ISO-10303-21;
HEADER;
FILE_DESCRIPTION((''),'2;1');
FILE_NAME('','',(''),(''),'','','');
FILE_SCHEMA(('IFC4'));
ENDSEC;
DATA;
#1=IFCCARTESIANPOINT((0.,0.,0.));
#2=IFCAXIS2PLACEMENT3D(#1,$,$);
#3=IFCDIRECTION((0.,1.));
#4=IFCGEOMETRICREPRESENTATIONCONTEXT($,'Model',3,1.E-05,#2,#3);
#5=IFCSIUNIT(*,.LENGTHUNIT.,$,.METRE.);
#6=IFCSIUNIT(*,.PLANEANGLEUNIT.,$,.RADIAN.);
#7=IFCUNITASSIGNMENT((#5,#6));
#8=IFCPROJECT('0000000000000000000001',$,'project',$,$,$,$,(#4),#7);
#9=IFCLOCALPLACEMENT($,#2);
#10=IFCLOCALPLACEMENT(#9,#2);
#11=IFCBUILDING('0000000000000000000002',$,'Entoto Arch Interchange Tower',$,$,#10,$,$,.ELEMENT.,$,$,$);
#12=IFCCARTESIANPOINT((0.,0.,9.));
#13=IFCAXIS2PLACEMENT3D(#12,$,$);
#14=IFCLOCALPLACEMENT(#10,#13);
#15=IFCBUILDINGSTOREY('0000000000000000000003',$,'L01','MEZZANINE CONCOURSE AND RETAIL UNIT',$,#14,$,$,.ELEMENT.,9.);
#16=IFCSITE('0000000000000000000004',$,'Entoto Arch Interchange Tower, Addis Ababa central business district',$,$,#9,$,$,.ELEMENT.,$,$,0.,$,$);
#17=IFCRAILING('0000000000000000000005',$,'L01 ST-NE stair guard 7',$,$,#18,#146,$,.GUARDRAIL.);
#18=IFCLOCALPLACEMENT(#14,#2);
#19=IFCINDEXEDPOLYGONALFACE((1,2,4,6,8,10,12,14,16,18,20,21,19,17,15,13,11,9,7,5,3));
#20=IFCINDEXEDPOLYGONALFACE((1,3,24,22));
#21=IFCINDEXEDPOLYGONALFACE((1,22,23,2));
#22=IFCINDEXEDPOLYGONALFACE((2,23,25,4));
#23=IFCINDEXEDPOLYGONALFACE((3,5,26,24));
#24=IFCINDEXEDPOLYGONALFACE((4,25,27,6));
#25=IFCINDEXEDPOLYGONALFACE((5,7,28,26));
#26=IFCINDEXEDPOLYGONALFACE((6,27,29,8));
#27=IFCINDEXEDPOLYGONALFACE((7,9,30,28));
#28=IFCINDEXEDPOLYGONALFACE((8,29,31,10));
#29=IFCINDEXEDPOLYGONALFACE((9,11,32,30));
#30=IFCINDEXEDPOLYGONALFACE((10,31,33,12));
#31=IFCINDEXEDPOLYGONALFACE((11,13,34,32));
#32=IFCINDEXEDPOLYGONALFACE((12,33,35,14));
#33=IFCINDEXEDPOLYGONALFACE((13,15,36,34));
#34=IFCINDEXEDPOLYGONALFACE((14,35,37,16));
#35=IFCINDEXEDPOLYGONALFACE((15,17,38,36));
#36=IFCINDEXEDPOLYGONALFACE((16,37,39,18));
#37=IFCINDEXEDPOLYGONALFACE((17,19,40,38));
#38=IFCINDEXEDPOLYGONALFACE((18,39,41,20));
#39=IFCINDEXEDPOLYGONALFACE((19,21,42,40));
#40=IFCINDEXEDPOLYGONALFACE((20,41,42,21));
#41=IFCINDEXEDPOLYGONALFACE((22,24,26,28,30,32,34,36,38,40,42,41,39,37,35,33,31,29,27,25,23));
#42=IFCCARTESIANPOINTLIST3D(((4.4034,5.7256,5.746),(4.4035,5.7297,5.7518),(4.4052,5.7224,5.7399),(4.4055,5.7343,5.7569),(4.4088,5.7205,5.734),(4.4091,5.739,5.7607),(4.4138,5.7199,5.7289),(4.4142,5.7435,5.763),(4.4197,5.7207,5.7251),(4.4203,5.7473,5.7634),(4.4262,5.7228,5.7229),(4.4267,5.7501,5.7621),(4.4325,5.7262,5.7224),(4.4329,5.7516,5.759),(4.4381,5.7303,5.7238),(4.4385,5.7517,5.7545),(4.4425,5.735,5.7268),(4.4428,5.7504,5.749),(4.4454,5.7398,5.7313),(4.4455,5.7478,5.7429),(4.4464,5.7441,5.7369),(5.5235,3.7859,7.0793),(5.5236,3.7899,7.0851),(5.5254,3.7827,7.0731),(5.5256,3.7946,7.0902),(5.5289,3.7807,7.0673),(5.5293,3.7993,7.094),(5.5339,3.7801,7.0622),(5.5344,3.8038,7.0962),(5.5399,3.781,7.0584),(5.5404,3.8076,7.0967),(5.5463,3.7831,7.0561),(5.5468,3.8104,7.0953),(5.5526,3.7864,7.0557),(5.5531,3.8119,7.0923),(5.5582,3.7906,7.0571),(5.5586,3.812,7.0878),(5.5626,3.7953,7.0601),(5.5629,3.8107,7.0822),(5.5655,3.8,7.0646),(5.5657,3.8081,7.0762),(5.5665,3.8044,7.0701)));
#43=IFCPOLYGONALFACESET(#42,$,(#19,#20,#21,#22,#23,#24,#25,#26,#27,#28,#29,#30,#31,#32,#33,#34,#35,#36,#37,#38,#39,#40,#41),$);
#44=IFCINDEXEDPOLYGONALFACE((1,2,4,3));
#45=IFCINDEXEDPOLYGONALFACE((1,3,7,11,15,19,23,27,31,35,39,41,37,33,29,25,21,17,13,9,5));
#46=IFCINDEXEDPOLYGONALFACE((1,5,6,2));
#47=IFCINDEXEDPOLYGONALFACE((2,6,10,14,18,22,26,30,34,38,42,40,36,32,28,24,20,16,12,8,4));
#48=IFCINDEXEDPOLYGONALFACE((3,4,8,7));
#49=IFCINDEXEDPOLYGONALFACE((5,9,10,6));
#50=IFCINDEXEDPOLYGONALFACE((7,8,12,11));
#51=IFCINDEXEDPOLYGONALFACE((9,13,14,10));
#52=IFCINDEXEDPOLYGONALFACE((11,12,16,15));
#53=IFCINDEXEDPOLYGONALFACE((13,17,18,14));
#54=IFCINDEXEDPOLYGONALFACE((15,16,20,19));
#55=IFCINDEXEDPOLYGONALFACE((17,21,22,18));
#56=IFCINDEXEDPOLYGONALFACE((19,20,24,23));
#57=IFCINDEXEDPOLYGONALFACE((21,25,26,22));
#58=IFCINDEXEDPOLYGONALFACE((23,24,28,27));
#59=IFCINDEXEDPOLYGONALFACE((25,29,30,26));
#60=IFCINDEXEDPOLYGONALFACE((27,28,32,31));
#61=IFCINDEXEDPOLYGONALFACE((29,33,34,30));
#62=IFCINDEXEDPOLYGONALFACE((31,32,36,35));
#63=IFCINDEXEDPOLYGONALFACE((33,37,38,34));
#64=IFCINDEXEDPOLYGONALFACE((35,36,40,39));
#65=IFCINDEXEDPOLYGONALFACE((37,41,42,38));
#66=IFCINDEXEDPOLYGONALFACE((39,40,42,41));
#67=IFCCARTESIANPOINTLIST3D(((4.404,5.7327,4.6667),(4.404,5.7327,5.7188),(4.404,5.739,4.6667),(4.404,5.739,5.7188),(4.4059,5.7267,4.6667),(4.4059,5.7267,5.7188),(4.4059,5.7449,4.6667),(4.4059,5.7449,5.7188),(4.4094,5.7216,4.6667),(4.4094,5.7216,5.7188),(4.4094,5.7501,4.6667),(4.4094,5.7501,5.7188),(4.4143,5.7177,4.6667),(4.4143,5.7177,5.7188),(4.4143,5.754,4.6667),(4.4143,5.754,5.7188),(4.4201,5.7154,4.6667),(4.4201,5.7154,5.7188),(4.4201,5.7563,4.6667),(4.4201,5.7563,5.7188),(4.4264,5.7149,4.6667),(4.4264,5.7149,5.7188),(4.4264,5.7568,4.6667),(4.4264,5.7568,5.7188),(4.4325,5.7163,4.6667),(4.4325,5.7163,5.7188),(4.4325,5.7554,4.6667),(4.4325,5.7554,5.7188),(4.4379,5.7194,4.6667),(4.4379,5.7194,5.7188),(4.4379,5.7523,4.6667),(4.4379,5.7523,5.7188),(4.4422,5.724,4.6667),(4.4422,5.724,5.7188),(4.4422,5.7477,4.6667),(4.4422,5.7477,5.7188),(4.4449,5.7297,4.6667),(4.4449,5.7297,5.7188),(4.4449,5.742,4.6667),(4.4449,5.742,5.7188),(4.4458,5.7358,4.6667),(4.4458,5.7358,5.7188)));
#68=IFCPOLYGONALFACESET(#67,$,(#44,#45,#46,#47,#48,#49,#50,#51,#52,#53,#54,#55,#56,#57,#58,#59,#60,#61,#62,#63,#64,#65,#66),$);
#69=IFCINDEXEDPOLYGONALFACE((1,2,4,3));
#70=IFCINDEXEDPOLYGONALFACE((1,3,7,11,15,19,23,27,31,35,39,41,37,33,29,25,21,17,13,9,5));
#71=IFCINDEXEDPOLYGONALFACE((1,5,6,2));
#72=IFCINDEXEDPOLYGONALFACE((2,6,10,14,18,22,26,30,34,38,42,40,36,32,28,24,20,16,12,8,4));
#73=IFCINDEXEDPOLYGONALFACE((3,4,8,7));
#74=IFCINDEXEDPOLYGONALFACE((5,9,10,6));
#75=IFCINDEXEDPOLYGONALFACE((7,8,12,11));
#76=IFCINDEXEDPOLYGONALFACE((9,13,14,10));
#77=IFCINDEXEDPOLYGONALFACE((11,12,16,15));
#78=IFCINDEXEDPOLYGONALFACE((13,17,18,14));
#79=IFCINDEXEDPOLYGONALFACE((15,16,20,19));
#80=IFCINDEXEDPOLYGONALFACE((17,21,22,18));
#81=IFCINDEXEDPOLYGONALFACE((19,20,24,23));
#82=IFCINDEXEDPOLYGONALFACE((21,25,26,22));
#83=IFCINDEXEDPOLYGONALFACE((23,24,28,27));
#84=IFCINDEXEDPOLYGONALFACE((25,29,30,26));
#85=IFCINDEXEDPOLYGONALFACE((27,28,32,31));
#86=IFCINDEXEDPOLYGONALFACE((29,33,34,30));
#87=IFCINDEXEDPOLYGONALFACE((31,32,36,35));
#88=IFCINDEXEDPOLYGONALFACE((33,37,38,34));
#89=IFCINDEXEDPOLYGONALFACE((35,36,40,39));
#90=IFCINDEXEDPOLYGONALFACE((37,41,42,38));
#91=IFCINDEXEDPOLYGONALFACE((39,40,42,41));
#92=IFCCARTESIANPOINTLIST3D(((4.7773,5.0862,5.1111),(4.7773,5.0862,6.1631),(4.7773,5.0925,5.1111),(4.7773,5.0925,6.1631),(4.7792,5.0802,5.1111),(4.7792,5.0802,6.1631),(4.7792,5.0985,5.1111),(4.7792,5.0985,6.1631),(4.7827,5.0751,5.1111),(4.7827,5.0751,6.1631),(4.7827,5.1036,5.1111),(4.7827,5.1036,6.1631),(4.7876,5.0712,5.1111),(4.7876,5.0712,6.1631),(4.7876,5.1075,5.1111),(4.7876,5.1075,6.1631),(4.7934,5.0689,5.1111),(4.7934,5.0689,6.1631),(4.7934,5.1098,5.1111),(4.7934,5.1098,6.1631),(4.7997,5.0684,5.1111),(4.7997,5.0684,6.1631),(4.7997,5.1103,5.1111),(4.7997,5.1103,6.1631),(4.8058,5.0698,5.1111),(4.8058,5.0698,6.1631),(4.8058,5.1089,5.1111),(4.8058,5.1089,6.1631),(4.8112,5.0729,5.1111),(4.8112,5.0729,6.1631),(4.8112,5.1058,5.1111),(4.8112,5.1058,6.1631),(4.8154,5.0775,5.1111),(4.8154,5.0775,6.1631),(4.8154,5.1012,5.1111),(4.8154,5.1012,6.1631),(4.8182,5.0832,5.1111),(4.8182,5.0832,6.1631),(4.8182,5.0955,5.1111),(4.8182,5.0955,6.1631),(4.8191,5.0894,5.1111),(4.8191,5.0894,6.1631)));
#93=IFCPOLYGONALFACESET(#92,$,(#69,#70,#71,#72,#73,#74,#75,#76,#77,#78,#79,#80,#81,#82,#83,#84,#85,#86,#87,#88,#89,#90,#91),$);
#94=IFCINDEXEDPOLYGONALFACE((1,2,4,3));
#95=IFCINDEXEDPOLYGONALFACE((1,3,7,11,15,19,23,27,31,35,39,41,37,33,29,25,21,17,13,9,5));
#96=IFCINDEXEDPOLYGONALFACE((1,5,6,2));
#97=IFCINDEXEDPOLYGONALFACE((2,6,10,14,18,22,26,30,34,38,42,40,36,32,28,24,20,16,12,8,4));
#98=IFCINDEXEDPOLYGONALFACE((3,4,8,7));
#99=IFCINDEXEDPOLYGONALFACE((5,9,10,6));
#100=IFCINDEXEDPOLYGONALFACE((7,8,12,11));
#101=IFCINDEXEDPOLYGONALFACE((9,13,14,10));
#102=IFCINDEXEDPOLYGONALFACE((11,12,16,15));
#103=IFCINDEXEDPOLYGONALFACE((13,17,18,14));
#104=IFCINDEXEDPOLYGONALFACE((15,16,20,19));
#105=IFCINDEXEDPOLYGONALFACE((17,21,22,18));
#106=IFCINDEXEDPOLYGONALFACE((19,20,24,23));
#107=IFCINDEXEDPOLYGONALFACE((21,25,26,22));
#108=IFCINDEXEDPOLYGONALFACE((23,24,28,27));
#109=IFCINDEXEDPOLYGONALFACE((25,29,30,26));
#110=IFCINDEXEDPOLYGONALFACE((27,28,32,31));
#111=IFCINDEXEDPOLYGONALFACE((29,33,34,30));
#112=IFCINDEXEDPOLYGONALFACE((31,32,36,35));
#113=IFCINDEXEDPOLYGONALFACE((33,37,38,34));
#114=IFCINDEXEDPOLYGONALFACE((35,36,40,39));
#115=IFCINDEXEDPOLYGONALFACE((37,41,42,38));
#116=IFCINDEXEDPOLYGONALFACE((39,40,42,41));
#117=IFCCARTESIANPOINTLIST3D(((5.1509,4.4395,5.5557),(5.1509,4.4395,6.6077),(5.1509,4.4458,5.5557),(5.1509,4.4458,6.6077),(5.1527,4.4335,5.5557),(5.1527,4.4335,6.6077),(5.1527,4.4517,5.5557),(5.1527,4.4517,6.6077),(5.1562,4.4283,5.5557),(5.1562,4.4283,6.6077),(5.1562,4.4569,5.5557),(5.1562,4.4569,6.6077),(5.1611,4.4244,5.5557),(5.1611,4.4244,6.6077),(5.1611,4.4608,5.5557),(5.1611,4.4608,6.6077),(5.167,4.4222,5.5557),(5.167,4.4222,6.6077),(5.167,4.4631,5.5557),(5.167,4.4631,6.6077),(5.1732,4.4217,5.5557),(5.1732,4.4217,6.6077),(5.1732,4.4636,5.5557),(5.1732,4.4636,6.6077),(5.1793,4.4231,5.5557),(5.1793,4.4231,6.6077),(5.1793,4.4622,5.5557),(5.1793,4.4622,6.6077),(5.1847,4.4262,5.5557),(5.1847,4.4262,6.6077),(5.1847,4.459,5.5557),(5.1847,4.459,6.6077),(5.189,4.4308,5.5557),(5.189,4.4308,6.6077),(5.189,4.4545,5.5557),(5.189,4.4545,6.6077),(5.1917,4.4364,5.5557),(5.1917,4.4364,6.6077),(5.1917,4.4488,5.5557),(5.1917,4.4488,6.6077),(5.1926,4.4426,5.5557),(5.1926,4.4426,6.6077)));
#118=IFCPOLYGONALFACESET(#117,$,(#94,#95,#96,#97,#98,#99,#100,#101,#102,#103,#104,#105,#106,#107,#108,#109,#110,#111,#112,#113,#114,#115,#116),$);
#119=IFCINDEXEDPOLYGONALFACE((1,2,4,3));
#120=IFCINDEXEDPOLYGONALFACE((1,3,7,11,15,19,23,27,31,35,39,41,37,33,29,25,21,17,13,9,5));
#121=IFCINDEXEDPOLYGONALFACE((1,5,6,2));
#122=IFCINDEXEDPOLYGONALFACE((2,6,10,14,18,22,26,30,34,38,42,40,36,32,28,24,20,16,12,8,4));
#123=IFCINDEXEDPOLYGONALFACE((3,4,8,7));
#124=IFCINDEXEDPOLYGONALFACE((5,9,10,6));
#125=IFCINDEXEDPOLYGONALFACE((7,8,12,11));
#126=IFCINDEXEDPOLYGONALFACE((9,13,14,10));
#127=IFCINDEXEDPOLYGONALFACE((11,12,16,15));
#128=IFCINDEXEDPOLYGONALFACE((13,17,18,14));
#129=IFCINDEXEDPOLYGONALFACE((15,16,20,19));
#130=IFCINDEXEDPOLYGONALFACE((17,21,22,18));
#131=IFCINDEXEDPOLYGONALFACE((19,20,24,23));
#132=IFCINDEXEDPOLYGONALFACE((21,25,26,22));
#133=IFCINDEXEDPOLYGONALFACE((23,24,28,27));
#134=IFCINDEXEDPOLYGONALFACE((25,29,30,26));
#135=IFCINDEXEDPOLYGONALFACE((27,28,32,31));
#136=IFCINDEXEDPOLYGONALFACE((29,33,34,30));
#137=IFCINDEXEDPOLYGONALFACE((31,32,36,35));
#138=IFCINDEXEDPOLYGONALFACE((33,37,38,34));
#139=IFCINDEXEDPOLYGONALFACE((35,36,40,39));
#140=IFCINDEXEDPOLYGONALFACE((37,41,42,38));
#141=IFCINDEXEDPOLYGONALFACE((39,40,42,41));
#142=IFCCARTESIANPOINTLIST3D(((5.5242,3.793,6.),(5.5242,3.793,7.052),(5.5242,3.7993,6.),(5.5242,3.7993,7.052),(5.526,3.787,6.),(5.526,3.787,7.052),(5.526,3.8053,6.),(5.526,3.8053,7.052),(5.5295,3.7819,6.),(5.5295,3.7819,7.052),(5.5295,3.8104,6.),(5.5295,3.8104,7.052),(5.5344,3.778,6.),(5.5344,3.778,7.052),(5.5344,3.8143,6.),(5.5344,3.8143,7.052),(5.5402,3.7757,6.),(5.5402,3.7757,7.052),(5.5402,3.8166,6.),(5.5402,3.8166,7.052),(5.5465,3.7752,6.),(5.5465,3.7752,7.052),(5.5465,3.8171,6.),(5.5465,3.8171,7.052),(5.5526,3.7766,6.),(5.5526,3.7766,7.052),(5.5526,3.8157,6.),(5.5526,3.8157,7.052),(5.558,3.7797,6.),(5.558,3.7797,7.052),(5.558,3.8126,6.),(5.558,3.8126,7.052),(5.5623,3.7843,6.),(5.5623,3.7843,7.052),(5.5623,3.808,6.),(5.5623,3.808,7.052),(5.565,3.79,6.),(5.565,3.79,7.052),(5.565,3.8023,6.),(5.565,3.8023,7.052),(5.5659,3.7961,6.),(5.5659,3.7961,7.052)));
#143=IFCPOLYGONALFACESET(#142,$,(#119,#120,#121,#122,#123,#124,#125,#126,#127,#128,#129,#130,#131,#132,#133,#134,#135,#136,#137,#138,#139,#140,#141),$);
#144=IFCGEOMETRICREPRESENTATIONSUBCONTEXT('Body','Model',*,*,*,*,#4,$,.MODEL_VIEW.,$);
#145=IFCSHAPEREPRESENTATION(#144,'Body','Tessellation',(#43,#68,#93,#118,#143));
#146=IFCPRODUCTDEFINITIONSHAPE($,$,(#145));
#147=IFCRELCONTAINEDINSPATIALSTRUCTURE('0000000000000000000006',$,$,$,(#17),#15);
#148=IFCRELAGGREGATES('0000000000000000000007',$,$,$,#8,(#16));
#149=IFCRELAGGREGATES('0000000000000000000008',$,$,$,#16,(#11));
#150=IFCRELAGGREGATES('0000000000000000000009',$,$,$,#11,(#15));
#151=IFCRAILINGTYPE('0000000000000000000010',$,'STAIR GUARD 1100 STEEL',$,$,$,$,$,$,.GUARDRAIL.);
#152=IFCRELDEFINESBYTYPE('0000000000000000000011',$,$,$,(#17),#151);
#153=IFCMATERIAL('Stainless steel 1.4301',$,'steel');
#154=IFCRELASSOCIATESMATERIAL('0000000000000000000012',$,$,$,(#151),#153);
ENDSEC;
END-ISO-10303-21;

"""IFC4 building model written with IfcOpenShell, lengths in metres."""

from ifc_helpers import new_model, si_unit, direction, frame, origin, origin_2d, place, context, subcontext, project, spatial, circle, extrude, material, type_object, element, save


model = new_model("IFC4")

# Units and contexts
model_context = context("Model", 3, precision=1e-05, world=origin(), true_north=direction((0.0, 1.0)))
body_context = subcontext(model_context, "Body", "Model", "MODEL_VIEW")
ifc_project = project(units=[si_unit("LENGTHUNIT", "METRE"), si_unit("PLANEANGLEUNIT", "RADIAN")], contexts=[model_context])

# Site, building, storey
site_placement = place(None, origin())
site = spatial("IfcSite", under=ifc_project, at=site_placement, Name="Entoto Arch Interchange Tower, Addis Ababa central business district", CompositionType="ELEMENT", RefElevation=0.0)
building_placement = place(site_placement, origin())
building = spatial("IfcBuilding", under=site, at=building_placement, Name="Entoto Arch Interchange Tower", CompositionType="ELEMENT")
storey_placement = place(building_placement, frame((0.0, 0.0, 9.0)))
storey = spatial("IfcBuildingStorey", under=building, at=storey_placement, Name="L01", Description="MEZZANINE CONCOURSE AND RETAIL UNIT", CompositionType="ELEMENT", Elevation=9.0)

# Railing
ifc_material_1 = material(Name="Stainless steel 1.4301", Category="steel")
railing_type_1 = type_object("IfcRailingType", Name="STAIR GUARD 1100 STEEL", PredefinedType="GUARDRAIL", material=ifc_material_1)
railing_1_placement = place(storey_placement, frame((4.4248, 5.7358, 4.6667)))
element("IfcRailing", 1, at=railing_1_placement, inside=storey, type_object=railing_type_1, Name="L01 ST-NE stair guard 7", PredefinedType="GUARDRAIL", context=body_context, shape_type="SweptSolid", body=[
    extrude(circle(Radius=0.0239, at=origin_2d()), frame((0.0, 0.0, 1.0762), z_axis=(0.429714, -0.744133, 0.51148), x_axis=(0.86598, 0.500078, 0.0)), (0.0, 0.0, 1.0), 2.6067),
    extrude(circle(Radius=0.021, at=origin_2d()), origin(), (0.0, 0.0, 1.0), 1.052),
    extrude(circle(Radius=0.021, at=origin_2d()), frame((0.3733, -0.6465, 0.4443)), (0.0, 0.0, 1.0), 1.052),
    extrude(circle(Radius=0.021, at=origin_2d()), frame((0.7468, -1.2932, 0.8889)), (0.0, 0.0, 1.0), 1.052),
    extrude(circle(Radius=0.021, at=origin_2d()), frame((1.1201, -1.9397, 1.3333)), (0.0, 0.0, 1.0), 1.052),
])

save(model, "model.ifc")
